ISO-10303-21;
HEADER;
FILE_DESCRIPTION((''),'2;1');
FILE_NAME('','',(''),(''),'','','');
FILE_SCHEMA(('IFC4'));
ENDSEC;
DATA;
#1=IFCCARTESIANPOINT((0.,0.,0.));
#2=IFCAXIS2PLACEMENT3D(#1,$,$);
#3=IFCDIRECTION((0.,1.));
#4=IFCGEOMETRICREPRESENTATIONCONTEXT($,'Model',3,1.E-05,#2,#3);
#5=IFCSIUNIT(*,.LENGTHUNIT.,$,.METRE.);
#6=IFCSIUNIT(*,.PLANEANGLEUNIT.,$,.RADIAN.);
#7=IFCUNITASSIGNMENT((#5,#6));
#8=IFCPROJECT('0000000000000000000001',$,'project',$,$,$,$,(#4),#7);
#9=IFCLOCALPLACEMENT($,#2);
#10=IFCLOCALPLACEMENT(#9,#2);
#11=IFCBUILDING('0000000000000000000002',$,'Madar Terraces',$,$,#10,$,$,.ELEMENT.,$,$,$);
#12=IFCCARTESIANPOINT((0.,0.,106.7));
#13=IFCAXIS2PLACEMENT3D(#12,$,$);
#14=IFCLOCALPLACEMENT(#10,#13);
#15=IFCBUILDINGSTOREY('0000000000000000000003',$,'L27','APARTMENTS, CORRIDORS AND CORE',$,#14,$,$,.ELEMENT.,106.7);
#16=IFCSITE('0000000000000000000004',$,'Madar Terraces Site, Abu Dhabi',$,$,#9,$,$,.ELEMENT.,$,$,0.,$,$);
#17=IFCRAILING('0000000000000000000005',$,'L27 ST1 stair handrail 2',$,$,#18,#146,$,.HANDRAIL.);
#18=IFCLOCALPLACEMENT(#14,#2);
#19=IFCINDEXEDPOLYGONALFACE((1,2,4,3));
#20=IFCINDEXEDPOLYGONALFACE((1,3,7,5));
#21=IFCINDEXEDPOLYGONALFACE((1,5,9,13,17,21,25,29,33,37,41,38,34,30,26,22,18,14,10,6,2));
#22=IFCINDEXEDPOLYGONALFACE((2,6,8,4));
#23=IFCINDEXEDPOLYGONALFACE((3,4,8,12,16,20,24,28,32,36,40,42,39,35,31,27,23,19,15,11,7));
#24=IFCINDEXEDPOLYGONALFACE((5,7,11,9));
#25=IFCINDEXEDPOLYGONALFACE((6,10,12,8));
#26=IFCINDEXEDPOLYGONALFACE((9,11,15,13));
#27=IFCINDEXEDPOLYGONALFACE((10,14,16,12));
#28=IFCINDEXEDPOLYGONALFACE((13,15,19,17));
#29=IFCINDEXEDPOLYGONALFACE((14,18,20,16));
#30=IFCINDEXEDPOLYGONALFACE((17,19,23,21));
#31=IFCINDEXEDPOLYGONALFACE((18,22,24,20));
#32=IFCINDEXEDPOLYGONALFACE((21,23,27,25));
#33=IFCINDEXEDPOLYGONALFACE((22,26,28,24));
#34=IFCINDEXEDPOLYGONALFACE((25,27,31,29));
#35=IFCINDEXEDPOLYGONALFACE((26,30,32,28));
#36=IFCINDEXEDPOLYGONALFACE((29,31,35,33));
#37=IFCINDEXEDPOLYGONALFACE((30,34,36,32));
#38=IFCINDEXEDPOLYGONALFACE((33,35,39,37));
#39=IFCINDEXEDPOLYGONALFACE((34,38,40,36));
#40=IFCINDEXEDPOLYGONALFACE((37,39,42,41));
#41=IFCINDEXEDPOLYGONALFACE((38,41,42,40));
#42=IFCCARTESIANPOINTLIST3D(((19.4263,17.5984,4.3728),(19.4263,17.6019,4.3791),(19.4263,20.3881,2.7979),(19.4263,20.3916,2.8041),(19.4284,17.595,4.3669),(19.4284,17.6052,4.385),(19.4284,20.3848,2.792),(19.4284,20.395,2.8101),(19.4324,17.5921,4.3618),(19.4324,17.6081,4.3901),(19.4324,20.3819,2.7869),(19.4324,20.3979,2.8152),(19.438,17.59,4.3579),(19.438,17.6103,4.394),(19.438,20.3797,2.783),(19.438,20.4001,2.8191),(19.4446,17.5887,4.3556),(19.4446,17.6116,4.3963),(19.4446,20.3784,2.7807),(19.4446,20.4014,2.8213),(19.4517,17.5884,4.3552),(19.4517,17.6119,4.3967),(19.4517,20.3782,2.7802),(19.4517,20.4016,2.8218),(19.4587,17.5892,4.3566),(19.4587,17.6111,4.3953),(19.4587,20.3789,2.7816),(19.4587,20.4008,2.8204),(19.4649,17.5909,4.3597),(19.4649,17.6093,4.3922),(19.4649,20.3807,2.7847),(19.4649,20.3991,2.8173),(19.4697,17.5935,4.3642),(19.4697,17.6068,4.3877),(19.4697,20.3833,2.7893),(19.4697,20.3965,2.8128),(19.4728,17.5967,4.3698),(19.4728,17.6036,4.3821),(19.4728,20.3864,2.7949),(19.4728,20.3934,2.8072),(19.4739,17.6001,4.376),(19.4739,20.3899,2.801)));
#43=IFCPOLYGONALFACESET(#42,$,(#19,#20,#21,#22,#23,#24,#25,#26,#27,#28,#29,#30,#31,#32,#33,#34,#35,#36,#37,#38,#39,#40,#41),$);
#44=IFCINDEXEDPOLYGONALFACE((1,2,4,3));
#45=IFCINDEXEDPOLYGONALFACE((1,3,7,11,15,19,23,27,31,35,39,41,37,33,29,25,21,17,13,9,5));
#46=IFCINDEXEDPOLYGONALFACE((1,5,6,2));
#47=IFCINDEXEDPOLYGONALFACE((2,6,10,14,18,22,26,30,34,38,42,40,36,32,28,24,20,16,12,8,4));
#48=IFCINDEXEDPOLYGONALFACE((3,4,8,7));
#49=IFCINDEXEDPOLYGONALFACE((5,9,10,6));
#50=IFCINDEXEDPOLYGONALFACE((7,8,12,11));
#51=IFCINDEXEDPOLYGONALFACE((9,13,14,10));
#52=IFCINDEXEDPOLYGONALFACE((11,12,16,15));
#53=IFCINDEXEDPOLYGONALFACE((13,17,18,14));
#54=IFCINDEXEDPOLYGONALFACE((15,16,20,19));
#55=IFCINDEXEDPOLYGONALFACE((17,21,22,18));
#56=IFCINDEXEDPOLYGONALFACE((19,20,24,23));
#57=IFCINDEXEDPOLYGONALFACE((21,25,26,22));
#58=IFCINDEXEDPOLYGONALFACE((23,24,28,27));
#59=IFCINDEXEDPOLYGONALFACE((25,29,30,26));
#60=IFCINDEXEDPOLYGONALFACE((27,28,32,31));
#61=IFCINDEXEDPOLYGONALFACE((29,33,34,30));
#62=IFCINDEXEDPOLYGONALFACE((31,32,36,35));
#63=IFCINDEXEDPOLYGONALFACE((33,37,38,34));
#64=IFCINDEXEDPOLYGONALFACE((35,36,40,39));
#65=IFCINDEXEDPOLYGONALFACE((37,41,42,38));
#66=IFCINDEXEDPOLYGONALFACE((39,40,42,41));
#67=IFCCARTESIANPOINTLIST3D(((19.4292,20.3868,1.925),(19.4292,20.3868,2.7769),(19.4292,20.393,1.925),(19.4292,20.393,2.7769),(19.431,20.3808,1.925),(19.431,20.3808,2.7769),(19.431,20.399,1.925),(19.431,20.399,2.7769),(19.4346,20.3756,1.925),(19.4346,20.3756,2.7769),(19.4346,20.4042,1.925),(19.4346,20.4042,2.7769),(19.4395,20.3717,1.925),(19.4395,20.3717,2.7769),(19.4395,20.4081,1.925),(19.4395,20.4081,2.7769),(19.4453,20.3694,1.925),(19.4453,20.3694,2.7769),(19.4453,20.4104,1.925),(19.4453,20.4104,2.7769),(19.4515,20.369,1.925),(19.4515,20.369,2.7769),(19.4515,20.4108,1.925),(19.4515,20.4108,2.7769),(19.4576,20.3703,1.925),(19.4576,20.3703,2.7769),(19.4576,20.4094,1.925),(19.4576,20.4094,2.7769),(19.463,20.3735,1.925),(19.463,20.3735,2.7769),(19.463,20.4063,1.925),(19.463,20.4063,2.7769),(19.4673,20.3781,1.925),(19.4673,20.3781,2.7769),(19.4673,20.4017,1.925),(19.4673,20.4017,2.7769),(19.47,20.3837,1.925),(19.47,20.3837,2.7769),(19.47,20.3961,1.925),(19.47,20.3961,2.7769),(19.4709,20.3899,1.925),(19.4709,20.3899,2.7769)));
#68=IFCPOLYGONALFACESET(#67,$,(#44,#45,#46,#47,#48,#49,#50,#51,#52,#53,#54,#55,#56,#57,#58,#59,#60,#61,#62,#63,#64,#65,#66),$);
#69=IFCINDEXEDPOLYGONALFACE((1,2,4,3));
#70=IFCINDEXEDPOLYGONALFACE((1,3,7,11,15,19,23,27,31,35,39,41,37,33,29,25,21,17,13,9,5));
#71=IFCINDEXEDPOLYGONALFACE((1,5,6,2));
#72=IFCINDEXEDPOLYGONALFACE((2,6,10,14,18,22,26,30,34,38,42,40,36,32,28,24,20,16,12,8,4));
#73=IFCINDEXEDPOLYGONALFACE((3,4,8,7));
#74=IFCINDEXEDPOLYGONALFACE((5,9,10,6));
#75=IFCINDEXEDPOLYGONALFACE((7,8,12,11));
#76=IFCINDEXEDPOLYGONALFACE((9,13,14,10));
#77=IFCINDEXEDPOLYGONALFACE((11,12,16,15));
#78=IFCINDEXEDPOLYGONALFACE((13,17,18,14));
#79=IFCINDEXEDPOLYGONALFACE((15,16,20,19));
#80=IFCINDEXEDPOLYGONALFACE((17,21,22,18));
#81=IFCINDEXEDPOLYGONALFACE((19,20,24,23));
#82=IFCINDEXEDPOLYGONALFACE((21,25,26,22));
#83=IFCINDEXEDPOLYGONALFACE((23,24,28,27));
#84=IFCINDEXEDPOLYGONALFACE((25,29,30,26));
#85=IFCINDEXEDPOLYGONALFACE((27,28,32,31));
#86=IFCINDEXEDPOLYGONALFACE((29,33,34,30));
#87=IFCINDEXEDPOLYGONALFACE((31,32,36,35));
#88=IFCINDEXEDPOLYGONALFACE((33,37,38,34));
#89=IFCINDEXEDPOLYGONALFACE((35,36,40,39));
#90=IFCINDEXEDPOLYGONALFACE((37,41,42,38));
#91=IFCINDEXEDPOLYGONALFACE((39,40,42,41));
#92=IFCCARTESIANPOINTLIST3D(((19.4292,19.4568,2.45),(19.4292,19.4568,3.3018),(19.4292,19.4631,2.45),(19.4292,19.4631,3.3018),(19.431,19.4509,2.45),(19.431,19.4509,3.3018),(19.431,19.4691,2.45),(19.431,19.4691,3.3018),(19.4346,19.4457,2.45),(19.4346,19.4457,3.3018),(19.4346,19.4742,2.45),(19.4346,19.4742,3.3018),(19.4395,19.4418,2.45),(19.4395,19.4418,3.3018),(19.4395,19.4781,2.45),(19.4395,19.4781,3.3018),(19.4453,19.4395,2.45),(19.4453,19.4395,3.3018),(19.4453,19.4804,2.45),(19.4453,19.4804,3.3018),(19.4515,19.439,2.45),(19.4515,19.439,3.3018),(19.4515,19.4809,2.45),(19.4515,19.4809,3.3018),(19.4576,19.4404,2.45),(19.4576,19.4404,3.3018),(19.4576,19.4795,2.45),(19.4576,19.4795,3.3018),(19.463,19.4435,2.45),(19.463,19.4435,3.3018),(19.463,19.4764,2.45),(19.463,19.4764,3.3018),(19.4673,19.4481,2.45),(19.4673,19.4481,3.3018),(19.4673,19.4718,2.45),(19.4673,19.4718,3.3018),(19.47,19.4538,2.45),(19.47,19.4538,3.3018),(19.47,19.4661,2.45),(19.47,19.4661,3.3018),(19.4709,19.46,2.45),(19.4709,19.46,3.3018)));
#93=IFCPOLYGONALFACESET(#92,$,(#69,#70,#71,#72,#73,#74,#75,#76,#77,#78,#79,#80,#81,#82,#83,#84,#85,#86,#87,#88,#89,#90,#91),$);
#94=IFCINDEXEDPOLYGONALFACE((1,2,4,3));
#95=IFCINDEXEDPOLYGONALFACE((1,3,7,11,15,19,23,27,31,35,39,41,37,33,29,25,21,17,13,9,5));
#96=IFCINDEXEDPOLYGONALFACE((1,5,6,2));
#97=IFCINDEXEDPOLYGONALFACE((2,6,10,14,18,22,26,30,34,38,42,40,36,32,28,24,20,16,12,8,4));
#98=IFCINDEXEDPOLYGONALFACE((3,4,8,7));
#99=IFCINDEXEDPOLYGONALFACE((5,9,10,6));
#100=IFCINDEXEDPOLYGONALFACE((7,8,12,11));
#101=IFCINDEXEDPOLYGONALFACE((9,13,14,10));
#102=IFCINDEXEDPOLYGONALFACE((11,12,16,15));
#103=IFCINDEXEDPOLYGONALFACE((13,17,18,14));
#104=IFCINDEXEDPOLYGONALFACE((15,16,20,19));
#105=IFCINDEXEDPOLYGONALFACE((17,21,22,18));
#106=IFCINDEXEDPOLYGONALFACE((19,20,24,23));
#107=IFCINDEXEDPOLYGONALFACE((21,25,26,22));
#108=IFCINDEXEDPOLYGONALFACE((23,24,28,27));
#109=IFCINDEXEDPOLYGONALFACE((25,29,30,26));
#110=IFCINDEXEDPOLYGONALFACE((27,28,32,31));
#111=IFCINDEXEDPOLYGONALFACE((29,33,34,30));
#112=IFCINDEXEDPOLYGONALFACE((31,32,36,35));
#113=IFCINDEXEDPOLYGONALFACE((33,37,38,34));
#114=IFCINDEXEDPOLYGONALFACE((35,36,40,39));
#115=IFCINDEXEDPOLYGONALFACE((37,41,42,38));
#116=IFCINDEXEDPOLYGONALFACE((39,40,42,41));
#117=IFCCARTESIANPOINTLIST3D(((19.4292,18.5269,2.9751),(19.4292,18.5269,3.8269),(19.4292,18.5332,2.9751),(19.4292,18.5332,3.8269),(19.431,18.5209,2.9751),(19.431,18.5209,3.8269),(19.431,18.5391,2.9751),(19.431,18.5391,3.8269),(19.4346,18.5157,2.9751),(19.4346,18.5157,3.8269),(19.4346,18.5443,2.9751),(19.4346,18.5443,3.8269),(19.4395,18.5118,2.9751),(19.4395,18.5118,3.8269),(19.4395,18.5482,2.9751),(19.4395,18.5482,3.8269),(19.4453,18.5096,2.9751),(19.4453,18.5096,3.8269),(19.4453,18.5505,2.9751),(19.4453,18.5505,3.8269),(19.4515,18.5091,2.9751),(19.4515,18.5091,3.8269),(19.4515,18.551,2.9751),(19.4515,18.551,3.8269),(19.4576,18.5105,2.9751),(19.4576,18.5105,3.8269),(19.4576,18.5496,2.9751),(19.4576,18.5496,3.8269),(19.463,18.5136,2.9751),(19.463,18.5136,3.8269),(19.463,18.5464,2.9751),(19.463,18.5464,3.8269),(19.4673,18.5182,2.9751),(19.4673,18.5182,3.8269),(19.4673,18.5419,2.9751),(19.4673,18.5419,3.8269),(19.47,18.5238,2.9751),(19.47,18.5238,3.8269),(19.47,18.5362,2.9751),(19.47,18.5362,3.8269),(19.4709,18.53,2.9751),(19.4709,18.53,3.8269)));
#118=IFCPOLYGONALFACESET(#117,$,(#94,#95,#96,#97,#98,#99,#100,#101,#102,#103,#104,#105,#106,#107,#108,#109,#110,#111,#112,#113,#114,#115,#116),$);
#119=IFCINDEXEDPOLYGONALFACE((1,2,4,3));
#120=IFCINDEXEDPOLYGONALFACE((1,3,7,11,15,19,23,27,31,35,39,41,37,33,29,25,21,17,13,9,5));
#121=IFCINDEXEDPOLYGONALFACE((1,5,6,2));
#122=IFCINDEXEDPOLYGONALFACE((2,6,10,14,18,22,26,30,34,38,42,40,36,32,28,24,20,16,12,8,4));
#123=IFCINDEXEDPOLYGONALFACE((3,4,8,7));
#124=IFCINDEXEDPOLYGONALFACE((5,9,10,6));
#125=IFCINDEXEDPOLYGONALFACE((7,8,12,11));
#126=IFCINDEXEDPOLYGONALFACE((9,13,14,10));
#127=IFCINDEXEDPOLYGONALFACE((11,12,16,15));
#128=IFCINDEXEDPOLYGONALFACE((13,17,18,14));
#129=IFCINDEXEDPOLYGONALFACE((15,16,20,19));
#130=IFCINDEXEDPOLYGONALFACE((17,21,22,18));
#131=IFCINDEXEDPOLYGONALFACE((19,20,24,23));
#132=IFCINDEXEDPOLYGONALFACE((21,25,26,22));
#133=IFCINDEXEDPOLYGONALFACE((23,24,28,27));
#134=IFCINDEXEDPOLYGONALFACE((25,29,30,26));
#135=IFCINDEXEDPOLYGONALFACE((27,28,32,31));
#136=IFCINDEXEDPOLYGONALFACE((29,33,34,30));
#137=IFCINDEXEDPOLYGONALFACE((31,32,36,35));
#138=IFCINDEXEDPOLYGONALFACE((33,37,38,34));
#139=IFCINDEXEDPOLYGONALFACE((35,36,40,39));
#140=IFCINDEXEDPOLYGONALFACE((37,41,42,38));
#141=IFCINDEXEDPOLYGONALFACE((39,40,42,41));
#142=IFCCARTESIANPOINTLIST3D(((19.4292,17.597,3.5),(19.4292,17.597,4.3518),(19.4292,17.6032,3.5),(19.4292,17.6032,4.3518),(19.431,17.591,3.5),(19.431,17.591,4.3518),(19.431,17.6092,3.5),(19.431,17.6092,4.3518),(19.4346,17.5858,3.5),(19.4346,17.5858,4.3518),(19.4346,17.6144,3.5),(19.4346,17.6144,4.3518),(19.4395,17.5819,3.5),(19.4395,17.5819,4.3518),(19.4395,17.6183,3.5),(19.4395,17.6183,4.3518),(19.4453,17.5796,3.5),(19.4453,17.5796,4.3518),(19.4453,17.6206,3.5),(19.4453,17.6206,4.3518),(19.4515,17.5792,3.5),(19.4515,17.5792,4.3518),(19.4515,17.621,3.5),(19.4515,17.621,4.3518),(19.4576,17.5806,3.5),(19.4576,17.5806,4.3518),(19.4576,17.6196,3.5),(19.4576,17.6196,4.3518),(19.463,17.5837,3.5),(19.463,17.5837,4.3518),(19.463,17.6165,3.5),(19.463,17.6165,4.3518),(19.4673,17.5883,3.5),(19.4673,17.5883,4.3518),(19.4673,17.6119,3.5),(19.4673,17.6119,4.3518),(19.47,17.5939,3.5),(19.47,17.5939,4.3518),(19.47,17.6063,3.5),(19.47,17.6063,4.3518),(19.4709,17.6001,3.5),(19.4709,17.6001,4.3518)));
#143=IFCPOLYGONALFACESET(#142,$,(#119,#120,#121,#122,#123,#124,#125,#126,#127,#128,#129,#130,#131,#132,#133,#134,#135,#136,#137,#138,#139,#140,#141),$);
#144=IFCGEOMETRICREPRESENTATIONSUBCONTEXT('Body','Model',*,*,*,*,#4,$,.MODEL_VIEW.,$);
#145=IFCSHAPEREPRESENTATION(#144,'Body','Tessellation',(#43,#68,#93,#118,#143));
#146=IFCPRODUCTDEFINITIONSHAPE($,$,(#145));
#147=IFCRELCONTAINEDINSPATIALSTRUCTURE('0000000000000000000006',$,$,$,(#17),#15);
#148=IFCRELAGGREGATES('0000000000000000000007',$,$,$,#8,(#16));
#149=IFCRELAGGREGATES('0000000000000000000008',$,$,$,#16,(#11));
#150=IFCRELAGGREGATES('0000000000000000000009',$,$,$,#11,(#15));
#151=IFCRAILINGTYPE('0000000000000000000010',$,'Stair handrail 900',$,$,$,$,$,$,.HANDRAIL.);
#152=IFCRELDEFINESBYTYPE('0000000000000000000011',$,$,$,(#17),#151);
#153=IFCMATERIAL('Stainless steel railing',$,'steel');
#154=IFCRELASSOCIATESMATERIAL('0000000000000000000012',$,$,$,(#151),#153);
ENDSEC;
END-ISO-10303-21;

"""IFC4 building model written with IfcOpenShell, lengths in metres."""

from ifc_helpers import new_model, si_unit, direction, frame, origin, origin_2d, place, context, subcontext, project, spatial, circle, extrude, material, type_object, element, save


model = new_model("IFC4")

# Units and contexts
model_context = context("Model", 3, precision=1e-05, world=origin(), true_north=direction((0.0, 1.0)))
body_context = subcontext(model_context, "Body", "Model", "MODEL_VIEW")
ifc_project = project(units=[si_unit("LENGTHUNIT", "METRE"), si_unit("PLANEANGLEUNIT", "RADIAN")], contexts=[model_context])

# Site, building, storey
site_placement = place(None, origin())
site = spatial("IfcSite", under=ifc_project, at=site_placement, Name="Madar Terraces Site, Abu Dhabi", CompositionType="ELEMENT", RefElevation=0.0)
building_placement = place(site_placement, origin())
building = spatial("IfcBuilding", under=site, at=building_placement, Name="Madar Terraces", CompositionType="ELEMENT")
storey_placement = place(building_placement, frame((0.0, 0.0, 106.7)))
storey = spatial("IfcBuildingStorey", under=building, at=storey_placement, Name="L27", Description="APARTMENTS, CORRIDORS AND CORE", CompositionType="ELEMENT", Elevation=106.7)

# Railing
ifc_material_1 = material(Name="Stainless steel railing", Category="steel")
railing_type_1 = type_object("IfcRailingType", Name="Stair handrail 900", PredefinedType="HANDRAIL", material=ifc_material_1)
railing_1_placement = place(storey_placement, frame((19.45, 20.3899, 1.925)))
element("IfcRailing", 1, at=railing_1_placement, inside=storey, type_object=railing_type_1, Name="L27 ST1 stair handrail 2", PredefinedType="HANDRAIL", context=body_context, shape_type="SweptSolid", body=[
    extrude(circle(Radius=0.0239, at=origin_2d()), frame((0.0, 0.0, 0.876), z_axis=(0.0, -0.870815, 0.49161), x_axis=(1.0, 0.0, 0.0)), (0.0, 0.0, 1.0), 3.2036),
    extrude(circle(Radius=0.021, at=origin_2d()), origin(), (0.0, 0.0, 1.0), 0.8518),
    extrude(circle(Radius=0.021, at=origin_2d()), frame((0.0, -0.9299, 0.5249)), (0.0, 0.0, 1.0), 0.8518),
    extrude(circle(Radius=0.021, at=origin_2d()), frame((0.0, -1.8599, 1.05)), (0.0, 0.0, 1.0), 0.8518),
    extrude(circle(Radius=0.021, at=origin_2d()), frame((0.0, -2.7898, 1.575)), (0.0, 0.0, 1.0), 0.8518),
])

save(model, "model.ifc")
